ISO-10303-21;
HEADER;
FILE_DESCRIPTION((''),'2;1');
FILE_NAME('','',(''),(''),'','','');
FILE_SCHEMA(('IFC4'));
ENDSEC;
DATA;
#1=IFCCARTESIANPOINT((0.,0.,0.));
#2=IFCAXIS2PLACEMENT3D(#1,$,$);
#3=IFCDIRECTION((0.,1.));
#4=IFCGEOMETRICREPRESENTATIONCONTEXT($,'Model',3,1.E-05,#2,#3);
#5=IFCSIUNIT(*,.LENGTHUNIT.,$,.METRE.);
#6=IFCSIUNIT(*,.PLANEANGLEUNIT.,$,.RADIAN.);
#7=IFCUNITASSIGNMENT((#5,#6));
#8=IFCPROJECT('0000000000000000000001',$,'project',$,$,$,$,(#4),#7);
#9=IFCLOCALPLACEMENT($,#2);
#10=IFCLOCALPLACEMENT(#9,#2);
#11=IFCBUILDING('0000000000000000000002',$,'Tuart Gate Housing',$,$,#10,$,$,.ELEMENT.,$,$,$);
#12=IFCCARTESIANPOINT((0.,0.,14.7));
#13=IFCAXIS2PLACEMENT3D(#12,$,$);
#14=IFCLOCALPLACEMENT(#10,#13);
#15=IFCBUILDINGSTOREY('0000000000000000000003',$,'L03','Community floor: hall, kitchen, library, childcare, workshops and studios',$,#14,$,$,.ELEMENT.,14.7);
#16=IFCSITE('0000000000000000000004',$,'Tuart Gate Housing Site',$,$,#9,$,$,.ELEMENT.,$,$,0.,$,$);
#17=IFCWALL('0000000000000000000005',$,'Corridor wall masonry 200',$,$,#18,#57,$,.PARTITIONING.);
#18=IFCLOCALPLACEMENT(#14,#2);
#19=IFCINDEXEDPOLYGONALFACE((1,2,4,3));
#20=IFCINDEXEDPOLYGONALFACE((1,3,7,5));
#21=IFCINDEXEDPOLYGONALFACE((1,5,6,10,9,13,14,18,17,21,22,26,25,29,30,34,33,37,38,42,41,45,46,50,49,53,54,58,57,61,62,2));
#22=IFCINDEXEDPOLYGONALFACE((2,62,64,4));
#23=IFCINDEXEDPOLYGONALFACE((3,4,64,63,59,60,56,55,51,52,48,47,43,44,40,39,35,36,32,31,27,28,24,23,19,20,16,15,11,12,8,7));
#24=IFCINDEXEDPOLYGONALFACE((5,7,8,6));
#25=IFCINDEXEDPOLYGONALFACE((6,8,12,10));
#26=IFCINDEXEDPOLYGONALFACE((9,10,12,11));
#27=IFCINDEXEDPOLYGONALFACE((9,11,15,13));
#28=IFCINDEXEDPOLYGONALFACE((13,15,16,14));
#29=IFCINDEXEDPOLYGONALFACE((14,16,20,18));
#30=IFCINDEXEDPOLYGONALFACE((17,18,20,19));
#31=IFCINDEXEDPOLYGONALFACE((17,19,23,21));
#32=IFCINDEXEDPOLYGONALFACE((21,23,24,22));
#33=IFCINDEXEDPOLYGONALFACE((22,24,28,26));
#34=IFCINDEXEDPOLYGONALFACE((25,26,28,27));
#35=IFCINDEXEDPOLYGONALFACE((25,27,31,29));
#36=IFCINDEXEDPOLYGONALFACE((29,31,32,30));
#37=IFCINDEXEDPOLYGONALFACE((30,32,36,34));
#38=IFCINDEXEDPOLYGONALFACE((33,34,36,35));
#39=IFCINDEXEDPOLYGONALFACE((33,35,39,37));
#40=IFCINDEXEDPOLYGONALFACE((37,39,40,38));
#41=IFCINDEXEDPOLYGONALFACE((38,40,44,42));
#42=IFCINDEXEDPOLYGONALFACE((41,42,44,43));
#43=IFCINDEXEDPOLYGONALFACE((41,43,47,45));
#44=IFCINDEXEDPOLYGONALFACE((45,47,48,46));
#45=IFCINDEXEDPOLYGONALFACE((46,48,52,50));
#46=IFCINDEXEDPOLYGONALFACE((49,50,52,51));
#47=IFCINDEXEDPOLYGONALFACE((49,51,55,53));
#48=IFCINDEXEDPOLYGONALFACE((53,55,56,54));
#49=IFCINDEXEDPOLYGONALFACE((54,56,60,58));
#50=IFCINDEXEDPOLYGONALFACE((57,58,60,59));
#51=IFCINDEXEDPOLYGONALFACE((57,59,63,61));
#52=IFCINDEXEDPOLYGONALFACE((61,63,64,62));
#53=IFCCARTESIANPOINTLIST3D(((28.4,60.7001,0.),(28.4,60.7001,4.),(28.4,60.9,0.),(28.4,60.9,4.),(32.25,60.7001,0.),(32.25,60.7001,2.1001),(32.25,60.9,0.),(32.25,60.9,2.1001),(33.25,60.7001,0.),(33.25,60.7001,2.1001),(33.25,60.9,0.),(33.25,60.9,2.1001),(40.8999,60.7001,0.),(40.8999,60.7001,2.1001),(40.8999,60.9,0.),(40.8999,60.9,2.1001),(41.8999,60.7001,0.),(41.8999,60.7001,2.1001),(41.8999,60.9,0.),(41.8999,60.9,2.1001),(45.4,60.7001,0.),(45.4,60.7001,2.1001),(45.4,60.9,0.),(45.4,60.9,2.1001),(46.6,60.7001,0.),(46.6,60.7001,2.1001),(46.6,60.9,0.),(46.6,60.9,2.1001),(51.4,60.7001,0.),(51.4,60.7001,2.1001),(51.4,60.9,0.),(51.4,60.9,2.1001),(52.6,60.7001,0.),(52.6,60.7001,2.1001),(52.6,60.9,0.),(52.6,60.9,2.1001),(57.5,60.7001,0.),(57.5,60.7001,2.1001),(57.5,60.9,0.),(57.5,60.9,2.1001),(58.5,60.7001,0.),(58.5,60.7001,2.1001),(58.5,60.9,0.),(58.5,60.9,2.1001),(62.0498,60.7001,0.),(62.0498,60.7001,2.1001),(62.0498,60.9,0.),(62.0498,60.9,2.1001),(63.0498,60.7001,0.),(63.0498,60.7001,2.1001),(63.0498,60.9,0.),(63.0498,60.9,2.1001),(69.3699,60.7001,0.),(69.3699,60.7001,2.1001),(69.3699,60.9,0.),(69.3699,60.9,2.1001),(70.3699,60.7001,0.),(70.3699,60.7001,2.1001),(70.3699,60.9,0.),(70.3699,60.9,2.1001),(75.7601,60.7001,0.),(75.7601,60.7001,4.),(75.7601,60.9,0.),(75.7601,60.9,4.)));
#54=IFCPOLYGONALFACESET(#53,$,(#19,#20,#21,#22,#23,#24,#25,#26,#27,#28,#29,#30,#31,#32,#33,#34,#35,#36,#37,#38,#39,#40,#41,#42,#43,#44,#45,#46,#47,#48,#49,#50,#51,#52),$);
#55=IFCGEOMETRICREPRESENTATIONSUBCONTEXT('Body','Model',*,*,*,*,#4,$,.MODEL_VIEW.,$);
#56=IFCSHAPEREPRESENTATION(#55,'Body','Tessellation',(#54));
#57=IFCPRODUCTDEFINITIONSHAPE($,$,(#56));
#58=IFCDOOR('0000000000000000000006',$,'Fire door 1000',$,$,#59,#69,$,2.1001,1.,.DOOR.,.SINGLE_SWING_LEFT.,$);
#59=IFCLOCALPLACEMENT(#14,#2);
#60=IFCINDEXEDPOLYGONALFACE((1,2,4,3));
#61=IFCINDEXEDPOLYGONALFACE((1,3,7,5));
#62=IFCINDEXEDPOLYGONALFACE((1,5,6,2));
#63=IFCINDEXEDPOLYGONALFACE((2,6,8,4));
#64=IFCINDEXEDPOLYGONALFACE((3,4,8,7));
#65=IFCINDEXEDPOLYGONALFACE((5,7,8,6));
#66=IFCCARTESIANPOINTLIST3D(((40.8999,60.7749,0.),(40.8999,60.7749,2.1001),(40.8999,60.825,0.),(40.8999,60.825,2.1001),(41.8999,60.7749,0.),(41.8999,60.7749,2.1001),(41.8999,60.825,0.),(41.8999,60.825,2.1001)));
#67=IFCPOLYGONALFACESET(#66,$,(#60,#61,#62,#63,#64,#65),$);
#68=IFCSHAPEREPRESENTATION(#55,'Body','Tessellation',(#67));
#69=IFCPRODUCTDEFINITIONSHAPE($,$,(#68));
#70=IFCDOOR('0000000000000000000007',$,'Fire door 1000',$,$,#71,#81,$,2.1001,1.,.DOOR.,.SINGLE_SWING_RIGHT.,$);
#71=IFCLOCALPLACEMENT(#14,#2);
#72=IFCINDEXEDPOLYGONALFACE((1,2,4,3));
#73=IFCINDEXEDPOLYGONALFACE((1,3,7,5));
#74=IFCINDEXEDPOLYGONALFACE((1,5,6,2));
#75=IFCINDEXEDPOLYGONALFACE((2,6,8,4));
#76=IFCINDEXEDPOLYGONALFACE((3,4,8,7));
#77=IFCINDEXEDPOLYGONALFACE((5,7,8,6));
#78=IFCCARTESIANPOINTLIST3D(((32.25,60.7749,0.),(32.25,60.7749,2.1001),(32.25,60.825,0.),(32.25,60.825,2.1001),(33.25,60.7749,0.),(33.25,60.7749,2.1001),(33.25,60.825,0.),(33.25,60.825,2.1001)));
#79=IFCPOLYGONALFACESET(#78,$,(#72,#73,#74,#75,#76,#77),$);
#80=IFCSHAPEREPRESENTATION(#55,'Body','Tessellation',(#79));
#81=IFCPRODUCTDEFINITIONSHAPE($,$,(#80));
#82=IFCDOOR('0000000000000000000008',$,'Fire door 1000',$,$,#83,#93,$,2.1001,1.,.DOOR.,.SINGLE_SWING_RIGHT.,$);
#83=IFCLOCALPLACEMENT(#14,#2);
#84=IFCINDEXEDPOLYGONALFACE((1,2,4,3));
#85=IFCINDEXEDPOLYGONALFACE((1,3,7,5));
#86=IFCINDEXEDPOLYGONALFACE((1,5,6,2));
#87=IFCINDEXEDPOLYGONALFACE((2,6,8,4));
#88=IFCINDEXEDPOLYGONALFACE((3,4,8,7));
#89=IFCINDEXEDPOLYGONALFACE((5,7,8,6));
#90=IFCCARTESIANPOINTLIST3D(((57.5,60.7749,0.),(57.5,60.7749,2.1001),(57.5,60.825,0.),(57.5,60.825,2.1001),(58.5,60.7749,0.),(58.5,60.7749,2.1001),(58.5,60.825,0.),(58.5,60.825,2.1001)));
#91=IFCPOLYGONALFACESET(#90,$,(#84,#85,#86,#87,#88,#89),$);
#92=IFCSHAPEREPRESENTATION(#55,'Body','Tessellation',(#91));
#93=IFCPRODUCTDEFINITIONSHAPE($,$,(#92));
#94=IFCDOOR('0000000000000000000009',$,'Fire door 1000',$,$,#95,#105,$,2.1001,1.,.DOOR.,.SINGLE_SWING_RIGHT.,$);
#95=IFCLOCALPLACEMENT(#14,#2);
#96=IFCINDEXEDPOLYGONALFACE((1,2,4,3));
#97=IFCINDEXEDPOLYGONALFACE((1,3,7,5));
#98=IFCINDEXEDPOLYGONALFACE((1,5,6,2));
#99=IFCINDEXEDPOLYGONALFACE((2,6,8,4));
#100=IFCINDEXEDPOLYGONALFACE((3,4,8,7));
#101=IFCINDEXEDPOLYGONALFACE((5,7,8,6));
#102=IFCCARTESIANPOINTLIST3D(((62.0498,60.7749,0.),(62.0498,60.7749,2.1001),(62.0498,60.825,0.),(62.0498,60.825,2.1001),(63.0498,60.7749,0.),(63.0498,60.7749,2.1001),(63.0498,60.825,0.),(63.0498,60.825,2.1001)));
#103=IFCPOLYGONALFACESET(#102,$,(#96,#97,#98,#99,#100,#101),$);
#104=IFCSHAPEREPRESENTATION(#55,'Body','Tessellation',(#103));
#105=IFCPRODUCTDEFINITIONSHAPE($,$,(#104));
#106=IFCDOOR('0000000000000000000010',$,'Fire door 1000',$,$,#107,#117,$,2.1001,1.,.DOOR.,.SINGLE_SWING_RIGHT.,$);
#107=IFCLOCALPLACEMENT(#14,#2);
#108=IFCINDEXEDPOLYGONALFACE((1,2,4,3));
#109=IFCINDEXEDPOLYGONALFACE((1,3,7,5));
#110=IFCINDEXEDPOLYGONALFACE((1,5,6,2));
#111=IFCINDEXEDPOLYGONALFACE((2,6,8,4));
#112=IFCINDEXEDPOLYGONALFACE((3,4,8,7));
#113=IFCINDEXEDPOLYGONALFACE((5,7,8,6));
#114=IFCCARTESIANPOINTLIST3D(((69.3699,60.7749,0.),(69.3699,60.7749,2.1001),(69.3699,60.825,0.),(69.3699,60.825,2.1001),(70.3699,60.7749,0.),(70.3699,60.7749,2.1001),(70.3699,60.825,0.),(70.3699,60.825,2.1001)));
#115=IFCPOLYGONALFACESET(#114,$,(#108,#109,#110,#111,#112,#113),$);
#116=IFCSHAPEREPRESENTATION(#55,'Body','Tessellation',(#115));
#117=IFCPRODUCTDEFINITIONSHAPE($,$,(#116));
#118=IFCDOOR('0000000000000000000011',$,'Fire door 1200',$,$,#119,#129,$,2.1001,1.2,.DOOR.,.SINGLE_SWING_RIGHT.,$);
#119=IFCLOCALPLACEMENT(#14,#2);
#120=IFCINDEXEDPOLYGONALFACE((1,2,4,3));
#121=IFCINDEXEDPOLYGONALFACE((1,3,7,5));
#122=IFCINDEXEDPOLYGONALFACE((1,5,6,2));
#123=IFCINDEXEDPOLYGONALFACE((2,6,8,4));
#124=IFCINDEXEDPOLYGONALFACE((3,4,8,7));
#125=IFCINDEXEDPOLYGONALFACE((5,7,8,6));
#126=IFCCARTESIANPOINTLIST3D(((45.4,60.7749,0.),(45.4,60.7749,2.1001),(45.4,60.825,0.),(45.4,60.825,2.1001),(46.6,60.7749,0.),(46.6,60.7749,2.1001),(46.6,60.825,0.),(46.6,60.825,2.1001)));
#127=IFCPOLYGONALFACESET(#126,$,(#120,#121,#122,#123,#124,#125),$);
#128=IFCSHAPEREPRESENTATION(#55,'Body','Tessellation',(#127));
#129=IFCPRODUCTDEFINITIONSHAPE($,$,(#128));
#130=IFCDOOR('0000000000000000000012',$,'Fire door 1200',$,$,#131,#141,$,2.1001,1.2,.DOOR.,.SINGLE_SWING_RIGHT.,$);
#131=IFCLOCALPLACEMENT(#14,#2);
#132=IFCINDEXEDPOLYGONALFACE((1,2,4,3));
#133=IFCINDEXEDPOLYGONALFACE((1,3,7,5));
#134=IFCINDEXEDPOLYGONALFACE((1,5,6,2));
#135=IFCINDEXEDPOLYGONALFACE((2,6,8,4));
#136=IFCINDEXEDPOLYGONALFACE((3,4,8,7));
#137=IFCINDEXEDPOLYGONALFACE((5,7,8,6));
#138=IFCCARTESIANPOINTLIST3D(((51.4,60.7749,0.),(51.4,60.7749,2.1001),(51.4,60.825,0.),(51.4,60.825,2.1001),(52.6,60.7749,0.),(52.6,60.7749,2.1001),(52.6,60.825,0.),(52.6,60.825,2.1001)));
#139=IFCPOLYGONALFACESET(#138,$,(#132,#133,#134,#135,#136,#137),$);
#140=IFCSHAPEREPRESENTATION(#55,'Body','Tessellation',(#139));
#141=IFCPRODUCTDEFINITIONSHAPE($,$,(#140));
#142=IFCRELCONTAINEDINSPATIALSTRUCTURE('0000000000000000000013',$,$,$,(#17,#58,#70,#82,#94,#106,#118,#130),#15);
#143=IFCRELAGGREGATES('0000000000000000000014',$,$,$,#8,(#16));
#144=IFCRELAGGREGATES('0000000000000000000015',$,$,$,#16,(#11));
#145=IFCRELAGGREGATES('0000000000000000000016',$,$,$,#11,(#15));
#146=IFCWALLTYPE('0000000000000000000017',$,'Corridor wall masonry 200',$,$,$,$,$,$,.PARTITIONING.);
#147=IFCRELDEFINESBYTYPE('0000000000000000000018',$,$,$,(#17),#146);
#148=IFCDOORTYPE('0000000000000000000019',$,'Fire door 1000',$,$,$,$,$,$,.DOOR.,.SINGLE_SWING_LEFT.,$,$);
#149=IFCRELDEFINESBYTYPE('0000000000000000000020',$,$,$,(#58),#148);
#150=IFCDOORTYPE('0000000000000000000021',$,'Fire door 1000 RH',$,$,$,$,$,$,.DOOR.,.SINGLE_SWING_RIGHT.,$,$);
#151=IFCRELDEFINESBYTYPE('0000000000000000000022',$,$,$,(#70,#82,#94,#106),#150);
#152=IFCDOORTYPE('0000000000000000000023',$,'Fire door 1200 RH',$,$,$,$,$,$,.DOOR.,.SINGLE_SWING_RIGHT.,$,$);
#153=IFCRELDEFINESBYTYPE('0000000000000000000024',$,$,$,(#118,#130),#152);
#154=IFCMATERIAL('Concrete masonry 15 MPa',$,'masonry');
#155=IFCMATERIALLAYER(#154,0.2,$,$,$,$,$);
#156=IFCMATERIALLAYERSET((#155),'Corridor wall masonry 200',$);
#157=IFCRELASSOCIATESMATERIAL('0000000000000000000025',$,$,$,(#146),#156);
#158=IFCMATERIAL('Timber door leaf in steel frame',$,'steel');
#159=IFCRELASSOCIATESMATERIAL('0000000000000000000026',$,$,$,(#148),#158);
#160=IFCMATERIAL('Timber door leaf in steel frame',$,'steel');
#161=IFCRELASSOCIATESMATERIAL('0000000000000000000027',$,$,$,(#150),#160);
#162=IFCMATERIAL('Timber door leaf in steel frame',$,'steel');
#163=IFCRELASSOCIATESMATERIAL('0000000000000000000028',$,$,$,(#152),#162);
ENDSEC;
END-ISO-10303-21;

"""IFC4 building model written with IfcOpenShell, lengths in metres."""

from ifc_helpers import new_model, si_unit, direction, frame, frame_2d, origin, place, context, subcontext, project, spatial, rectangle, extrude, material, layer, layer_set, type_object, element, fill, save


model = new_model("IFC4")

# Units and contexts
model_context = context("Model", 3, precision=1e-05, world=origin(), true_north=direction((0.0, 1.0)))
body_context = subcontext(model_context, "Body", "Model", "MODEL_VIEW")
ifc_project = project(units=[si_unit("LENGTHUNIT", "METRE"), si_unit("PLANEANGLEUNIT", "RADIAN")], contexts=[model_context])

# Site, building, storey
site_placement = place(None, origin())
site = spatial("IfcSite", under=ifc_project, at=site_placement, Name="Tuart Gate Housing Site", CompositionType="ELEMENT", RefElevation=0.0)
building_placement = place(site_placement, origin())
building = spatial("IfcBuilding", under=site, at=building_placement, Name="Tuart Gate Housing", CompositionType="ELEMENT")
storey_placement = place(building_placement, frame((0.0, 0.0, 14.7)))
storey = spatial("IfcBuildingStorey", under=building, at=storey_placement, Name="L03", Description="Community floor: hall, kitchen, library, childcare, workshops and studios", CompositionType="ELEMENT", Elevation=14.7)

# Wall, openings, doors
ifc_material_1 = material(Name="Concrete masonry 15 MPa", Category="masonry")
ifc_layer_1 = layer(ifc_material_1, 0.2)
ifc_layer_set_1 = layer_set([ifc_layer_1], Name="Corridor wall masonry 200")
wall_type_1 = type_object("IfcWallType", Name="Corridor wall masonry 200", PredefinedType="PARTITIONING", material=ifc_layer_set_1)
wall_1_placement = place(storey_placement, frame((28.3999, 60.8, 0.0), z_axis=(0.0, 0.0, 1.0), x_axis=(1.0, 0.0, 0.0)))
wall_1 = element("IfcWall", 1, at=wall_1_placement, inside=storey, type_object=wall_type_1, Name="Corridor wall masonry 200", PredefinedType="PARTITIONING", context=body_context, shape_type="SweptSolid", body=[
    extrude(rectangle(XDim=47.3601, YDim=0.2, at=frame_2d((23.6802, 0.0))), origin(), (0.0, 0.0, 1.0), 4.0),
])
opening_1_placement = place(wall_1_placement, frame((3.8501, 0.0, 0.0)))
opening_1 = element("IfcOpeningElement", 2, at=opening_1_placement, cuts=wall_1, PredefinedType="OPENING", context=body_context, shape_type="SweptSolid", body=[
    extrude(rectangle(XDim=1.0, YDim=2.1001, at=frame_2d((0.5, 1.05))), frame((0.0, 0.1099, 0.0), z_axis=(0.0, -1.0, 0.0), x_axis=(1.0, 0.0, 0.0)), (0.0, 0.0, 1.0), 0.22),
])
opening_2_placement = place(wall_1_placement, frame((12.5, 0.0, 0.0)))
opening_2 = element("IfcOpeningElement", 3, at=opening_2_placement, cuts=wall_1, PredefinedType="OPENING", context=body_context, shape_type="SweptSolid", body=[
    extrude(rectangle(XDim=1.0, YDim=2.1001, at=frame_2d((0.5, 1.05))), frame((0.0, 0.1099, 0.0), z_axis=(0.0, -1.0, 0.0), x_axis=(1.0, 0.0, 0.0)), (0.0, 0.0, 1.0), 0.22),
])
opening_3_placement = place(wall_1_placement, frame((17.0, 0.0, 0.0)))
opening_3 = element("IfcOpeningElement", 4, at=opening_3_placement, cuts=wall_1, PredefinedType="OPENING", context=body_context, shape_type="SweptSolid", body=[
    extrude(rectangle(XDim=1.2, YDim=2.1001, at=frame_2d((0.6001, 1.05))), frame((0.0, 0.1099, 0.0), z_axis=(0.0, -1.0, 0.0), x_axis=(1.0, 0.0, 0.0)), (0.0, 0.0, 1.0), 0.22),
])
opening_4_placement = place(wall_1_placement, frame((23.0, 0.0, 0.0)))
opening_4 = element("IfcOpeningElement", 5, at=opening_4_placement, cuts=wall_1, PredefinedType="OPENING", context=body_context, shape_type="SweptSolid", body=[
    extrude(rectangle(XDim=1.2, YDim=2.1001, at=frame_2d((0.6001, 1.05))), frame((0.0, 0.1099, 0.0), z_axis=(0.0, -1.0, 0.0), x_axis=(1.0, 0.0, 0.0)), (0.0, 0.0, 1.0), 0.22),
])
opening_5_placement = place(wall_1_placement, frame((29.1001, 0.0, 0.0)))
opening_5 = element("IfcOpeningElement", 6, at=opening_5_placement, cuts=wall_1, PredefinedType="OPENING", context=body_context, shape_type="SweptSolid", body=[
    extrude(rectangle(XDim=1.0, YDim=2.1001, at=frame_2d((0.5, 1.05))), frame((0.0, 0.1099, 0.0), z_axis=(0.0, -1.0, 0.0), x_axis=(1.0, 0.0, 0.0)), (0.0, 0.0, 1.0), 0.22),
])
opening_6_placement = place(wall_1_placement, frame((33.6499, 0.0, 0.0)))
opening_6 = element("IfcOpeningElement", 7, at=opening_6_placement, cuts=wall_1, PredefinedType="OPENING", context=body_context, shape_type="SweptSolid", body=[
    extrude(rectangle(XDim=1.0, YDim=2.1001, at=frame_2d((0.5, 1.05))), frame((0.0, 0.1099, 0.0), z_axis=(0.0, -1.0, 0.0), x_axis=(1.0, 0.0, 0.0)), (0.0, 0.0, 1.0), 0.22),
])
opening_7_placement = place(wall_1_placement, frame((40.97, 0.0, 0.0)))
opening_7 = element("IfcOpeningElement", 8, at=opening_7_placement, cuts=wall_1, PredefinedType="OPENING", context=body_context, shape_type="SweptSolid", body=[
    extrude(rectangle(XDim=1.0, YDim=2.1001, at=frame_2d((0.5, 1.05))), frame((0.0, 0.1099, 0.0), z_axis=(0.0, -1.0, 0.0), x_axis=(1.0, 0.0, 0.0)), (0.0, 0.0, 1.0), 0.22),
])
ifc_material_2 = material(Name="Timber door leaf in steel frame", Category="steel")
door_type_1 = type_object("IfcDoorType", Name="Fire door 1000", OperationType="SINGLE_SWING_LEFT", PredefinedType="DOOR", material=ifc_material_2)
door_1_placement = place(opening_2_placement, frame((1.0, 0.0, 0.0), z_axis=(0.0, 0.0, 1.0), x_axis=(-1.0, 0.0, 0.0)))
door_1 = element("IfcDoor", 9, at=door_1_placement, inside=storey, type_object=door_type_1, Name="Fire door 1000", OperationType="SINGLE_SWING_LEFT", OverallHeight=2.1001, OverallWidth=1.0, PredefinedType="DOOR", context=body_context, shape_type="SweptSolid", body=[
    extrude(rectangle(XDim=1.0, YDim=2.1001, at=frame_2d((0.5, 1.05))), frame((0.0, 0.0251, 0.0), z_axis=(0.0, -1.0, 0.0), x_axis=(1.0, 0.0, 0.0)), (0.0, 0.0, 1.0), 0.05),
])
fill(opening_2, door_1)
ifc_material_3 = material(Name="Timber door leaf in steel frame", Category="steel")
door_type_2 = type_object("IfcDoorType", Name="Fire door 1000 RH", OperationType="SINGLE_SWING_RIGHT", PredefinedType="DOOR", material=ifc_material_3)
door_2_placement = place(opening_1_placement, frame((1.0, 0.0, 0.0), z_axis=(0.0, 0.0, 1.0), x_axis=(-1.0, 0.0, 0.0)))
door_2 = element("IfcDoor", 10, at=door_2_placement, inside=storey, type_object=door_type_2, Name="Fire door 1000", OperationType="SINGLE_SWING_RIGHT", OverallHeight=2.1001, OverallWidth=1.0, PredefinedType="DOOR", context=body_context, shape_type="SweptSolid", body=[
    extrude(rectangle(XDim=1.0, YDim=2.1001, at=frame_2d((0.5, 1.05))), frame((0.0, 0.0251, 0.0), z_axis=(0.0, -1.0, 0.0), x_axis=(1.0, 0.0, 0.0)), (0.0, 0.0, 1.0), 0.05),
])
fill(opening_1, door_2)
door_3_placement = place(opening_5_placement, frame((1.0, 0.0, 0.0), z_axis=(0.0, 0.0, 1.0), x_axis=(-1.0, 0.0, 0.0)))
door_3 = element("IfcDoor", 11, at=door_3_placement, inside=storey, type_object=door_type_2, Name="Fire door 1000", OperationType="SINGLE_SWING_RIGHT", OverallHeight=2.1001, OverallWidth=1.0, PredefinedType="DOOR", context=body_context, shape_type="SweptSolid", body=[
    extrude(rectangle(XDim=1.0, YDim=2.1001, at=frame_2d((0.5, 1.05))), frame((0.0, 0.0251, 0.0), z_axis=(0.0, -1.0, 0.0), x_axis=(1.0, 0.0, 0.0)), (0.0, 0.0, 1.0), 0.05),
])
fill(opening_5, door_3)
door_4_placement = place(opening_6_placement, frame((1.0, 0.0, 0.0), z_axis=(0.0, 0.0, 1.0), x_axis=(-1.0, 0.0, 0.0)))
door_4 = element("IfcDoor", 12, at=door_4_placement, inside=storey, type_object=door_type_2, Name="Fire door 1000", OperationType="SINGLE_SWING_RIGHT", OverallHeight=2.1001, OverallWidth=1.0, PredefinedType="DOOR", context=body_context, shape_type="SweptSolid", body=[
    extrude(rectangle(XDim=1.0, YDim=2.1001, at=frame_2d((0.5, 1.05))), frame((0.0, 0.0251, 0.0), z_axis=(0.0, -1.0, 0.0), x_axis=(1.0, 0.0, 0.0)), (0.0, 0.0, 1.0), 0.05),
])
fill(opening_6, door_4)
door_5_placement = place(opening_7_placement, frame((1.0, 0.0, 0.0), z_axis=(0.0, 0.0, 1.0), x_axis=(-1.0, 0.0, 0.0)))
door_5 = element("IfcDoor", 13, at=door_5_placement, inside=storey, type_object=door_type_2, Name="Fire door 1000", OperationType="SINGLE_SWING_RIGHT", OverallHeight=2.1001, OverallWidth=1.0, PredefinedType="DOOR", context=body_context, shape_type="SweptSolid", body=[
    extrude(rectangle(XDim=1.0, YDim=2.1001, at=frame_2d((0.5, 1.05))), frame((0.0, 0.0251, 0.0), z_axis=(0.0, -1.0, 0.0), x_axis=(1.0, 0.0, 0.0)), (0.0, 0.0, 1.0), 0.05),
])
fill(opening_7, door_5)
ifc_material_4 = material(Name="Timber door leaf in steel frame", Category="steel")
door_type_3 = type_object("IfcDoorType", Name="Fire door 1200 RH", OperationType="SINGLE_SWING_RIGHT", PredefinedType="DOOR", material=ifc_material_4)
door_6_placement = place(opening_3_placement, frame((1.2, 0.0, 0.0), z_axis=(0.0, 0.0, 1.0), x_axis=(-1.0, 0.0, 0.0)))
door_6 = element("IfcDoor", 14, at=door_6_placement, inside=storey, type_object=door_type_3, Name="Fire door 1200", OperationType="SINGLE_SWING_RIGHT", OverallHeight=2.1001, OverallWidth=1.2, PredefinedType="DOOR", context=body_context, shape_type="SweptSolid", body=[
    extrude(rectangle(XDim=1.2, YDim=2.1001, at=frame_2d((0.5999, 1.05))), frame((0.0, 0.0251, 0.0), z_axis=(0.0, -1.0, 0.0), x_axis=(1.0, 0.0, 0.0)), (0.0, 0.0, 1.0), 0.05),
])
fill(opening_3, door_6)
door_7_placement = place(opening_4_placement, frame((1.2, 0.0, 0.0), z_axis=(0.0, 0.0, 1.0), x_axis=(-1.0, 0.0, 0.0)))
door_7 = element("IfcDoor", 15, at=door_7_placement, inside=storey, type_object=door_type_3, Name="Fire door 1200", OperationType="SINGLE_SWING_RIGHT", OverallHeight=2.1001, OverallWidth=1.2, PredefinedType="DOOR", context=body_context, shape_type="SweptSolid", body=[
    extrude(rectangle(XDim=1.2, YDim=2.1001, at=frame_2d((0.5999, 1.05))), frame((0.0, 0.0251, 0.0), z_axis=(0.0, -1.0, 0.0), x_axis=(1.0, 0.0, 0.0)), (0.0, 0.0, 1.0), 0.05),
])
fill(opening_4, door_7)

save(model, "model.ifc")
